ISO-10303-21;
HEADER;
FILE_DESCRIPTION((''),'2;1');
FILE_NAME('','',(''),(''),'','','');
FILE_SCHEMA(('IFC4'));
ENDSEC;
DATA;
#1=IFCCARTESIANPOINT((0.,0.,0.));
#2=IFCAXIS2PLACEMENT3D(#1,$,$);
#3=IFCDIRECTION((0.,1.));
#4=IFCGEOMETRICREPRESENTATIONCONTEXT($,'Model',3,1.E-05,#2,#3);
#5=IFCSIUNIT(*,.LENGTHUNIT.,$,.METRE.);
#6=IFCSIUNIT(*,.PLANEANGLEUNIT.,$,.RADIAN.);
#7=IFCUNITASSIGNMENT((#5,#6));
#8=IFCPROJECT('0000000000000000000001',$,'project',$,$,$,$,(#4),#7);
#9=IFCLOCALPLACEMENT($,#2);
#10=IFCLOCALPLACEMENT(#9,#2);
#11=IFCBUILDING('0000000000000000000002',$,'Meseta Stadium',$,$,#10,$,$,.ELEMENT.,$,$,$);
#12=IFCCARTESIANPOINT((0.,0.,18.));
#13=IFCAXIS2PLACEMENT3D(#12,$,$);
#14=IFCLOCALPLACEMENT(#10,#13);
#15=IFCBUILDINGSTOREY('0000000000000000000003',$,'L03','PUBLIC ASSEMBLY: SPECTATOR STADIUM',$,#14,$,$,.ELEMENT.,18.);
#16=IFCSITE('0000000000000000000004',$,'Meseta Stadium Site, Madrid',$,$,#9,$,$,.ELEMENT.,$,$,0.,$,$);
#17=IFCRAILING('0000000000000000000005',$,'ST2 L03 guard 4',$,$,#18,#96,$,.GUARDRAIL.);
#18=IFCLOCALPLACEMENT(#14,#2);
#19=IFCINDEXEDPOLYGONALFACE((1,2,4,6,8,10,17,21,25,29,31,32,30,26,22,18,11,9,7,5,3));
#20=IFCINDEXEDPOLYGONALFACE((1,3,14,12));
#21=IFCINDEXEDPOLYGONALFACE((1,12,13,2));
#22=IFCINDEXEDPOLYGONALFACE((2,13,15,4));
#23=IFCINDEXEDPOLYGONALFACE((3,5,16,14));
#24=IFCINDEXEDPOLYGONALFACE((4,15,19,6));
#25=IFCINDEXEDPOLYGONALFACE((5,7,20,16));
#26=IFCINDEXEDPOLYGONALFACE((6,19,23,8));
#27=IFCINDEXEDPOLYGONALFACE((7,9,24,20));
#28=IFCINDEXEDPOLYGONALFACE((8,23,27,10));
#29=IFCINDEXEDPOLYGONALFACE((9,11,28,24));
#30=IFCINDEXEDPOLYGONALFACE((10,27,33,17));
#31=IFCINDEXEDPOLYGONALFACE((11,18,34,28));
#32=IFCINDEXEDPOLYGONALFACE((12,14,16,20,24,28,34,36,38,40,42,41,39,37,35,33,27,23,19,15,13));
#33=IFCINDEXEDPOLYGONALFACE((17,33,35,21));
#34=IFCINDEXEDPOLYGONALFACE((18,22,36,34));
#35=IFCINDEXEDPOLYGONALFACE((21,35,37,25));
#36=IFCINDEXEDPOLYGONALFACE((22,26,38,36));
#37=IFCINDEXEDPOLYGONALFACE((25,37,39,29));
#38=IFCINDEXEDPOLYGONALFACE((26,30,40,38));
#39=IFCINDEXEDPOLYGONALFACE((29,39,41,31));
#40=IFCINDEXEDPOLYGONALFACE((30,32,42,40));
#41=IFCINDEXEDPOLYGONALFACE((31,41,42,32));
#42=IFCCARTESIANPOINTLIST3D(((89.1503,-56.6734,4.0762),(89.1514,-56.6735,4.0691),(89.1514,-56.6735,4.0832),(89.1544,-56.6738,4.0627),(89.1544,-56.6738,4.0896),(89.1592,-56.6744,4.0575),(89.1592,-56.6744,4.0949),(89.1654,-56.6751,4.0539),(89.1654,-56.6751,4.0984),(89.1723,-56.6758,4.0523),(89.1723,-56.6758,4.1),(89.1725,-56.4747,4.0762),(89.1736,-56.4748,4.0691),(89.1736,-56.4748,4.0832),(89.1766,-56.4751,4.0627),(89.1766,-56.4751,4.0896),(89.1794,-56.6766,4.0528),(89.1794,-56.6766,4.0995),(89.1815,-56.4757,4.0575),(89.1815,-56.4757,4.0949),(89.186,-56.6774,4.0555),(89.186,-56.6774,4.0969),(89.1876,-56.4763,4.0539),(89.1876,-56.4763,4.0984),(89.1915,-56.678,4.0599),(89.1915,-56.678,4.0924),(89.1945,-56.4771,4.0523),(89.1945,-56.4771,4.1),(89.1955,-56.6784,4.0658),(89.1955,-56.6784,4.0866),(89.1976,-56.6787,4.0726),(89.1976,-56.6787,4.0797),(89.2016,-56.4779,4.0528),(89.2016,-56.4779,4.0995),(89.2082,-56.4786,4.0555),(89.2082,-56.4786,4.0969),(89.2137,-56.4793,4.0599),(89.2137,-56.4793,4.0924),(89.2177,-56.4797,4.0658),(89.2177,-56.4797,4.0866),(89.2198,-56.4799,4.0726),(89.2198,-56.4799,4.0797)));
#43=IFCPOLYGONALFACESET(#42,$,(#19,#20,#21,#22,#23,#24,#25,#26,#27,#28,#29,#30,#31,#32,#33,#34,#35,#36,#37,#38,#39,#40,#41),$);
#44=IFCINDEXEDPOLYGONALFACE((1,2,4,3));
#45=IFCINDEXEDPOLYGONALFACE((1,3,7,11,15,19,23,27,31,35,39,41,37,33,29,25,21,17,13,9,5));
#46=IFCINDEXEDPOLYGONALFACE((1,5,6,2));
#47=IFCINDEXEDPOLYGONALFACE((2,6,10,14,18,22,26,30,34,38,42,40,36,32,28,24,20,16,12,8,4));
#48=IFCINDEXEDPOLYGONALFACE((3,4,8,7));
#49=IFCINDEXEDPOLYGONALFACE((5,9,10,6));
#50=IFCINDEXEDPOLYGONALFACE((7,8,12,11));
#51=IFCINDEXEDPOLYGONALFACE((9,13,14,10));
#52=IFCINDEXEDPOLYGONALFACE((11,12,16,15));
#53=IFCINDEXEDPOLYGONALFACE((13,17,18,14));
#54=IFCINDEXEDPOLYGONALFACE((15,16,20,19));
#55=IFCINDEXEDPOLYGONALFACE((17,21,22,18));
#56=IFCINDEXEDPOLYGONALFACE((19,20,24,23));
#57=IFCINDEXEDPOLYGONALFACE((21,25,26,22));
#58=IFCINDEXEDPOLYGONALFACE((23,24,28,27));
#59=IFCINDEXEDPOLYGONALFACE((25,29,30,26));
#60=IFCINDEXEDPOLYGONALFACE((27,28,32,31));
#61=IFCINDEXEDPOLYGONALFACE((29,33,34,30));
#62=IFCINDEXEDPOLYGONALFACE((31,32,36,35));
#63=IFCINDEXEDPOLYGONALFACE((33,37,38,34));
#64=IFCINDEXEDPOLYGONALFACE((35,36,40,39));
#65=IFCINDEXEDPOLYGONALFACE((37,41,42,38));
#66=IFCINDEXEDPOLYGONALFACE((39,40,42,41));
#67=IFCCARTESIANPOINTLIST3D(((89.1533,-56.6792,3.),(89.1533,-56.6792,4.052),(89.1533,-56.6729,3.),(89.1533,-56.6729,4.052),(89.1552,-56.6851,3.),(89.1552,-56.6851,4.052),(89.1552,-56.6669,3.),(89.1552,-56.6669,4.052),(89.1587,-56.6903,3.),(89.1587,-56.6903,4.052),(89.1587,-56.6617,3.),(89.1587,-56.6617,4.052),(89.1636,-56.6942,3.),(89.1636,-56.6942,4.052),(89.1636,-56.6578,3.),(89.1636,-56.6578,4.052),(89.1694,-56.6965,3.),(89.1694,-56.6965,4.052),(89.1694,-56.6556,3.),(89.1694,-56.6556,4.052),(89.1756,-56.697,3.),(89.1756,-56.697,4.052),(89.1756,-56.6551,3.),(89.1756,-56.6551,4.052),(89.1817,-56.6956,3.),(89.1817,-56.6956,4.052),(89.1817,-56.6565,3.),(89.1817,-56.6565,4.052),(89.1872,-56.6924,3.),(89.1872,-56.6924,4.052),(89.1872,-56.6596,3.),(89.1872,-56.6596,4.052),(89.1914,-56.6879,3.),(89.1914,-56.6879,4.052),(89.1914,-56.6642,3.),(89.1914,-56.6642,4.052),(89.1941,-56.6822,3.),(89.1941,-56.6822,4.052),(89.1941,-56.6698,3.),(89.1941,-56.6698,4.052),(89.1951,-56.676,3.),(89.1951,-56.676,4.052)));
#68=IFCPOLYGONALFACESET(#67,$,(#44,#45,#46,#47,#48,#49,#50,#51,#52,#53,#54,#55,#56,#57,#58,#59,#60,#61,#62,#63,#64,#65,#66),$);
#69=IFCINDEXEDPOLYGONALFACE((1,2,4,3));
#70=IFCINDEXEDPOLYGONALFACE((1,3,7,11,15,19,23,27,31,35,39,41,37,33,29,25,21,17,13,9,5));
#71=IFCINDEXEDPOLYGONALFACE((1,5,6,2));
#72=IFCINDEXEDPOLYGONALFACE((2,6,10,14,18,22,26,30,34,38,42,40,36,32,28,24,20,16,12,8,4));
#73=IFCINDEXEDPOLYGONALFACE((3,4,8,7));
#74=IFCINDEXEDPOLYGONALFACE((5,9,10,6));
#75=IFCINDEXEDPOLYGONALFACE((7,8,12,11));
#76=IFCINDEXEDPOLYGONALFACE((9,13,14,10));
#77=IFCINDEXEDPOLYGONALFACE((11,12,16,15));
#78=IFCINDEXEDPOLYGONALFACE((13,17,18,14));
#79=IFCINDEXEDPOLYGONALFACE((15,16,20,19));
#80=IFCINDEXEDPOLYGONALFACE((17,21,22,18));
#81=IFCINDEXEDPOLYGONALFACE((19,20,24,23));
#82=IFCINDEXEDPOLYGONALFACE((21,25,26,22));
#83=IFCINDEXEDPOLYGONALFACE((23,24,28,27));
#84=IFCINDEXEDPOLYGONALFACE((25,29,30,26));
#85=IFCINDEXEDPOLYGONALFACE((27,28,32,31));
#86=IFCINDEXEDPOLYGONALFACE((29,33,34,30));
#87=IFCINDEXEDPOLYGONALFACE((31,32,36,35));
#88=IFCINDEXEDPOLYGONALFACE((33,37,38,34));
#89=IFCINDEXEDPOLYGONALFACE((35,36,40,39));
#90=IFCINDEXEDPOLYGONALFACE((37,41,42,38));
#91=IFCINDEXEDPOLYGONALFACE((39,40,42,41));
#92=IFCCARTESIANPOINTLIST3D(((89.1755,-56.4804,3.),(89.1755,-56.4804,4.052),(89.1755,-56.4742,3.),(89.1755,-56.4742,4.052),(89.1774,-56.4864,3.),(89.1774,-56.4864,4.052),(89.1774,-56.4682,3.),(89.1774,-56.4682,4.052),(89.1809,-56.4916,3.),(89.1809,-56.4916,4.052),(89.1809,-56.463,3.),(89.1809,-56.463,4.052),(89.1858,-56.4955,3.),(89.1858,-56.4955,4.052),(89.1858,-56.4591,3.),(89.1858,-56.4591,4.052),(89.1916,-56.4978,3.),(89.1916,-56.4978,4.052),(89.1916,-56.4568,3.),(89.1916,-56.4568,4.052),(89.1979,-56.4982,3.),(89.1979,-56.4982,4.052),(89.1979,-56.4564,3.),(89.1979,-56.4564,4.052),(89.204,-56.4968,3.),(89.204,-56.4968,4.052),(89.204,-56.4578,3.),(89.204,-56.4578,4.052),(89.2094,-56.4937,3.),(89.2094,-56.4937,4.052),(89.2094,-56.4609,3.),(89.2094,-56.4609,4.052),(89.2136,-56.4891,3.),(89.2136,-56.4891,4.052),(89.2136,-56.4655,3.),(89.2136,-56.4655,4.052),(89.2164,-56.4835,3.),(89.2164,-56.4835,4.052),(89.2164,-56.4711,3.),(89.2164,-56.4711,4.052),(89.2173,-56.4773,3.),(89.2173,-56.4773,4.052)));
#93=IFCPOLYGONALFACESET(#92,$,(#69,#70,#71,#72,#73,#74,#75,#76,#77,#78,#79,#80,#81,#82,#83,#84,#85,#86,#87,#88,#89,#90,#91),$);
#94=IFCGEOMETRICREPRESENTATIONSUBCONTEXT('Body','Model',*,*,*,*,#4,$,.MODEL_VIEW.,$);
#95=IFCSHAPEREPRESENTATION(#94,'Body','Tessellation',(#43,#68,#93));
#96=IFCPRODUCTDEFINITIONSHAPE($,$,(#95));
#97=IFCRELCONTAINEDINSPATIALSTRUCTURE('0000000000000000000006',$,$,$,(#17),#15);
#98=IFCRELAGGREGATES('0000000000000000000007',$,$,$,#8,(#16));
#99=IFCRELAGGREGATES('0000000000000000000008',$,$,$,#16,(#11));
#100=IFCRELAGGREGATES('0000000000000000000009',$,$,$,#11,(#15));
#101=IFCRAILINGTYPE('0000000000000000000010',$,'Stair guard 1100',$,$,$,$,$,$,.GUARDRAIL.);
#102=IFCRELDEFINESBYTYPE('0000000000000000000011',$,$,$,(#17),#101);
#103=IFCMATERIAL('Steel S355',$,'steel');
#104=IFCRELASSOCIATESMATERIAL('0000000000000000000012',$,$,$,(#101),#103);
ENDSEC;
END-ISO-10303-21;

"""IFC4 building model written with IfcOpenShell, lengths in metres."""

from ifc_helpers import new_model, si_unit, direction, frame, origin, origin_2d, place, context, subcontext, project, spatial, circle, extrude, material, type_object, element, save


model = new_model("IFC4")

# Units and contexts
model_context = context("Model", 3, precision=1e-05, world=origin(), true_north=direction((0.0, 1.0)))
body_context = subcontext(model_context, "Body", "Model", "MODEL_VIEW")
ifc_project = project(units=[si_unit("LENGTHUNIT", "METRE"), si_unit("PLANEANGLEUNIT", "RADIAN")], contexts=[model_context])

# Site, building, storey
site_placement = place(None, origin())
site = spatial("IfcSite", under=ifc_project, at=site_placement, Name="Meseta Stadium Site, Madrid", CompositionType="ELEMENT", RefElevation=0.0)
building_placement = place(site_placement, origin())
building = spatial("IfcBuilding", under=site, at=building_placement, Name="Meseta Stadium", CompositionType="ELEMENT")
storey_placement = place(building_placement, frame((0.0, 0.0, 18.0)))
storey = spatial("IfcBuildingStorey", under=building, at=storey_placement, Name="L03", Description="PUBLIC ASSEMBLY: SPECTATOR STADIUM", CompositionType="ELEMENT", Elevation=18.0)

# Railing
ifc_material_1 = material(Name="Steel S355", Category="steel")
railing_type = type_object("IfcRailingType", Name="Stair guard 1100", PredefinedType="GUARDRAIL", material=ifc_material_1)
railing_1_placement = place(storey_placement, frame((89.1741, -56.676, 3.0)))
element("IfcRailing", 1, at=railing_1_placement, inside=storey, type_object=railing_type, Name="ST2 L03 guard 4", PredefinedType="GUARDRAIL", context=body_context, shape_type="SweptSolid", body=[
    extrude(circle(Radius=0.0239, at=origin_2d()), frame((0.0, 0.0, 1.0762), z_axis=(0.111102, 0.993809, 0.0), x_axis=(-0.993809, 0.111102, 0.0)), (0.0, 0.0, 1.0), 0.2),
    extrude(circle(Radius=0.021, at=origin_2d()), origin(), (0.0, 0.0, 1.0), 1.052),
    extrude(circle(Radius=0.021, at=origin_2d()), frame((0.0222, 0.1987, 0.0)), (0.0, 0.0, 1.0), 1.052),
])

save(model, "model.ifc")
